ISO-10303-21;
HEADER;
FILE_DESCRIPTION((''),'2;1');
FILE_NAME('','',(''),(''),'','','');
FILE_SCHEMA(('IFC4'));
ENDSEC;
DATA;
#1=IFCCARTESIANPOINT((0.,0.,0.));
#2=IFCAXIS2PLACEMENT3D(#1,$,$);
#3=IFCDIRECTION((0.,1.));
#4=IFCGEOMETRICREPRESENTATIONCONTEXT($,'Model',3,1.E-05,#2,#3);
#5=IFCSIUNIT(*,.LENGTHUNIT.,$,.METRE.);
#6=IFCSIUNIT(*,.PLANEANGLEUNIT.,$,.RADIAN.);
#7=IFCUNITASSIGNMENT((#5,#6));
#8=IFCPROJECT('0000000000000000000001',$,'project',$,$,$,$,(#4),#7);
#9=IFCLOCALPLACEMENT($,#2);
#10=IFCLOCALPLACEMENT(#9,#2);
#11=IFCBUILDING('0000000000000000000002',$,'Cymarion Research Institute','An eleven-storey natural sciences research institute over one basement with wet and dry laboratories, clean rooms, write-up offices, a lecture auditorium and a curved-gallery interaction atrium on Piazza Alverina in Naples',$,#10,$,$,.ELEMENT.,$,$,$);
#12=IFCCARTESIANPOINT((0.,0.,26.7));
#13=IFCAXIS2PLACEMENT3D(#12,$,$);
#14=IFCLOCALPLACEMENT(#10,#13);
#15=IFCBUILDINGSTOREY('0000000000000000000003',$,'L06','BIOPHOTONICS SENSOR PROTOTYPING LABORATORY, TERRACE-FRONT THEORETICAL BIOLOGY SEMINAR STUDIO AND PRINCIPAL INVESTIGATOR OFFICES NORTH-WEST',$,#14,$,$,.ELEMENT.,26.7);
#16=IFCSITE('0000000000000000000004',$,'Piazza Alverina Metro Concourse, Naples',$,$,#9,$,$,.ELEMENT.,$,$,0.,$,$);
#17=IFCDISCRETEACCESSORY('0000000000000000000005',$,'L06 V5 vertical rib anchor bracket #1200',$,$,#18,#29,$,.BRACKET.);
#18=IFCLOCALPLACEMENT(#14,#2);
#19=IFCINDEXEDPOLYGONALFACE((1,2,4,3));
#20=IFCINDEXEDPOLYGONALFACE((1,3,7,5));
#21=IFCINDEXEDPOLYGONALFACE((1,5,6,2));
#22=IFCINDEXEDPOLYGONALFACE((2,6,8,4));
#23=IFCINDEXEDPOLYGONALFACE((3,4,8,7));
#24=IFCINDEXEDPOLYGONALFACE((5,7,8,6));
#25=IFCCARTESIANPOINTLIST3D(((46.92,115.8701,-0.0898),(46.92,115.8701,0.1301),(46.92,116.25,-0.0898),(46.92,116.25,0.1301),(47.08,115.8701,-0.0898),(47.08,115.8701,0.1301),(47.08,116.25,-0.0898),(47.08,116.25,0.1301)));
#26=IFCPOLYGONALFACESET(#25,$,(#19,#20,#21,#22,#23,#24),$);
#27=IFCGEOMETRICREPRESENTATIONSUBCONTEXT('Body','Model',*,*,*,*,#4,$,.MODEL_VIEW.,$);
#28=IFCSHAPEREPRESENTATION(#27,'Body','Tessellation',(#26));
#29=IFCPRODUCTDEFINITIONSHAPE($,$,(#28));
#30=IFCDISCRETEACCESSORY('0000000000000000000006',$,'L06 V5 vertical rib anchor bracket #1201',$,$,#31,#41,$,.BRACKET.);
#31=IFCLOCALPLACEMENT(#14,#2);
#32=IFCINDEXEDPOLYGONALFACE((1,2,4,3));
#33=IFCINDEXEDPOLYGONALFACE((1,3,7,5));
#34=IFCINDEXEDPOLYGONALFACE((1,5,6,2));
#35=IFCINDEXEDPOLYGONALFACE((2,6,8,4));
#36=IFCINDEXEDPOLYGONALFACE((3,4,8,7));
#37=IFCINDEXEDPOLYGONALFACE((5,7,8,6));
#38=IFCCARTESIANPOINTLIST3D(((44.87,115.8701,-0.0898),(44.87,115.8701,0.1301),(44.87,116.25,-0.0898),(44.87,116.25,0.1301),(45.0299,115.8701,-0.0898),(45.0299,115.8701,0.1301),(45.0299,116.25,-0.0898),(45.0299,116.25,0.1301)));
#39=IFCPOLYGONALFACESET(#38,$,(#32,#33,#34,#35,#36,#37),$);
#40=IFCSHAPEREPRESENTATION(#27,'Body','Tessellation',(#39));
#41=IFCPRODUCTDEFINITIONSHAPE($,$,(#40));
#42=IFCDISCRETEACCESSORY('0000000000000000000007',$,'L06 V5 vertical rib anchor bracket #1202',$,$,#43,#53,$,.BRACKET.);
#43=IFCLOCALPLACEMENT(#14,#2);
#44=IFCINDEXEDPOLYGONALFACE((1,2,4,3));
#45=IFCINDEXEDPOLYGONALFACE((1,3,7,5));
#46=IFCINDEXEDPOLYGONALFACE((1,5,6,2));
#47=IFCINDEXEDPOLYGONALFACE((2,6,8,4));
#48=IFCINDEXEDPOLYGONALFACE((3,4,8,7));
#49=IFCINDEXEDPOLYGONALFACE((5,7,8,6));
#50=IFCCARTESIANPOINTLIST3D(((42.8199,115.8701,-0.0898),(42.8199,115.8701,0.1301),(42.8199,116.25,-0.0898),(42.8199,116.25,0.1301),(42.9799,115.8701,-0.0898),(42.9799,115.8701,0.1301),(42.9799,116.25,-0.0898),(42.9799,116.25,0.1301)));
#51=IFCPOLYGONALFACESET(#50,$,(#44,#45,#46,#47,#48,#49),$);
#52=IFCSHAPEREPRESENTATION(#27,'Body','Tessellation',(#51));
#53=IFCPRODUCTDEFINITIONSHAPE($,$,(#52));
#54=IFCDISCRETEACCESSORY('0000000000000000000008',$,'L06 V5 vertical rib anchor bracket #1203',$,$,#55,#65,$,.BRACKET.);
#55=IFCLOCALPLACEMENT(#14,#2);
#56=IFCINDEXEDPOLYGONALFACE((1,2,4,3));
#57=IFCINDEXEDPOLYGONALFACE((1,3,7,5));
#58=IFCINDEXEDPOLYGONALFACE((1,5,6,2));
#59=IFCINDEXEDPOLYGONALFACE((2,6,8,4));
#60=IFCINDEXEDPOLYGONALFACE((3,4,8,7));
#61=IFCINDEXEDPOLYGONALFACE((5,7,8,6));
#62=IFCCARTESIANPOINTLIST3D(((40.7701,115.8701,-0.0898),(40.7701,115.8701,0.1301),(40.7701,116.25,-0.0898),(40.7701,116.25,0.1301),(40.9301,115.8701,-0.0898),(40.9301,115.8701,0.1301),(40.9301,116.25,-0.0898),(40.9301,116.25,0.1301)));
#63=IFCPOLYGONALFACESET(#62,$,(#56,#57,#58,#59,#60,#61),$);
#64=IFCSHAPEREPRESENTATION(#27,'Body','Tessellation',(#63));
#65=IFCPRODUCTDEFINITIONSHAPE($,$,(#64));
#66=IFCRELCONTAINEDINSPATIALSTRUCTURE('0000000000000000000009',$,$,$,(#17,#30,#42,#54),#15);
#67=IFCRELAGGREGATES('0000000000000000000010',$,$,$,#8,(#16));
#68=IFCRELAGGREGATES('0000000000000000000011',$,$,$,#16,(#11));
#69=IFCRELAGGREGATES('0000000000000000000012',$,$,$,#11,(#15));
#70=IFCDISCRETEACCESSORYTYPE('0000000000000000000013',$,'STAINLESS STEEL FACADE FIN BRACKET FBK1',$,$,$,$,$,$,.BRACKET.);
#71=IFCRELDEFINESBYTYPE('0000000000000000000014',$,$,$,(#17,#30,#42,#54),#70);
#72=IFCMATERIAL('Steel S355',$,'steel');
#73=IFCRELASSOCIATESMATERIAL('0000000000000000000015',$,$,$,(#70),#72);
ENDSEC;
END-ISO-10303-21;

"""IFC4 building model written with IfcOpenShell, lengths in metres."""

from ifc_helpers import new_model, si_unit, direction, frame, origin, origin_2d, place, context, subcontext, project, spatial, rectangle, extrude, material, type_object, element, save


model = new_model("IFC4")

# Units and contexts
model_context = context("Model", 3, precision=1e-05, world=origin(), true_north=direction((0.0, 1.0)))
body_context = subcontext(model_context, "Body", "Model", "MODEL_VIEW")
ifc_project = project(units=[si_unit("LENGTHUNIT", "METRE"), si_unit("PLANEANGLEUNIT", "RADIAN")], contexts=[model_context])

# Site, building, storey
site_placement = place(None, origin())
site = spatial("IfcSite", under=ifc_project, at=site_placement, Name="Piazza Alverina Metro Concourse, Naples", CompositionType="ELEMENT", RefElevation=0.0)
building_placement = place(site_placement, origin())
building = spatial("IfcBuilding", under=site, at=building_placement, Name="Cymarion Research Institute", Description="An eleven-storey natural sciences research institute over one basement with wet and dry laboratories, clean rooms, write-up offices, a lecture auditorium and a curved-gallery interaction atrium on Piazza Alverina in Naples", CompositionType="ELEMENT")
storey_placement = place(building_placement, frame((0.0, 0.0, 26.7)))
storey = spatial("IfcBuildingStorey", under=building, at=storey_placement, Name="L06", Description="BIOPHOTONICS SENSOR PROTOTYPING LABORATORY, TERRACE-FRONT THEORETICAL BIOLOGY SEMINAR STUDIO AND PRINCIPAL INVESTIGATOR OFFICES NORTH-WEST", CompositionType="ELEMENT", Elevation=26.7)

# Shared definitions
ifc_material_1 = material(Name="Steel S355", Category="steel")

# Discrete accessories
discrete_accessory_type = type_object("IfcDiscreteAccessoryType", Name="STAINLESS STEEL FACADE FIN BRACKET FBK1", PredefinedType="BRACKET", material=ifc_material_1)
for number, where, z_axis, x_axis, name in (
    (1, (47.0, 116.0601, -0.0898), (0.0, 0.0, 1.0), (0.0, 1.0, 0.0), "L06 V5 vertical rib anchor bracket #1200"),
    (2, (44.95, 116.0601, -0.0898), (0.0, 0.0, 1.0), (0.0, 1.0, 0.0), "L06 V5 vertical rib anchor bracket #1201"),
    (3, (42.8999, 116.0601, -0.0898), (0.0, 0.0, 1.0), (0.0, 1.0, 0.0), "L06 V5 vertical rib anchor bracket #1202"),
    (4, (40.8501, 116.0601, -0.0898), (0.0, 0.0, 1.0), (0.0, 1.0, 0.0), "L06 V5 vertical rib anchor bracket #1203"),
):
    element("IfcDiscreteAccessory", number, at=place(storey_placement, frame(where, z_axis=z_axis, x_axis=x_axis)), inside=storey, type_object=discrete_accessory_type, Name=name, PredefinedType="BRACKET", context=body_context, shape_type="SweptSolid", body=[
        extrude(rectangle(XDim=0.3799, YDim=0.1599, at=origin_2d()), origin(), (0.0, 0.0, 1.0), 0.22),
    ])

save(model, "model.ifc")
